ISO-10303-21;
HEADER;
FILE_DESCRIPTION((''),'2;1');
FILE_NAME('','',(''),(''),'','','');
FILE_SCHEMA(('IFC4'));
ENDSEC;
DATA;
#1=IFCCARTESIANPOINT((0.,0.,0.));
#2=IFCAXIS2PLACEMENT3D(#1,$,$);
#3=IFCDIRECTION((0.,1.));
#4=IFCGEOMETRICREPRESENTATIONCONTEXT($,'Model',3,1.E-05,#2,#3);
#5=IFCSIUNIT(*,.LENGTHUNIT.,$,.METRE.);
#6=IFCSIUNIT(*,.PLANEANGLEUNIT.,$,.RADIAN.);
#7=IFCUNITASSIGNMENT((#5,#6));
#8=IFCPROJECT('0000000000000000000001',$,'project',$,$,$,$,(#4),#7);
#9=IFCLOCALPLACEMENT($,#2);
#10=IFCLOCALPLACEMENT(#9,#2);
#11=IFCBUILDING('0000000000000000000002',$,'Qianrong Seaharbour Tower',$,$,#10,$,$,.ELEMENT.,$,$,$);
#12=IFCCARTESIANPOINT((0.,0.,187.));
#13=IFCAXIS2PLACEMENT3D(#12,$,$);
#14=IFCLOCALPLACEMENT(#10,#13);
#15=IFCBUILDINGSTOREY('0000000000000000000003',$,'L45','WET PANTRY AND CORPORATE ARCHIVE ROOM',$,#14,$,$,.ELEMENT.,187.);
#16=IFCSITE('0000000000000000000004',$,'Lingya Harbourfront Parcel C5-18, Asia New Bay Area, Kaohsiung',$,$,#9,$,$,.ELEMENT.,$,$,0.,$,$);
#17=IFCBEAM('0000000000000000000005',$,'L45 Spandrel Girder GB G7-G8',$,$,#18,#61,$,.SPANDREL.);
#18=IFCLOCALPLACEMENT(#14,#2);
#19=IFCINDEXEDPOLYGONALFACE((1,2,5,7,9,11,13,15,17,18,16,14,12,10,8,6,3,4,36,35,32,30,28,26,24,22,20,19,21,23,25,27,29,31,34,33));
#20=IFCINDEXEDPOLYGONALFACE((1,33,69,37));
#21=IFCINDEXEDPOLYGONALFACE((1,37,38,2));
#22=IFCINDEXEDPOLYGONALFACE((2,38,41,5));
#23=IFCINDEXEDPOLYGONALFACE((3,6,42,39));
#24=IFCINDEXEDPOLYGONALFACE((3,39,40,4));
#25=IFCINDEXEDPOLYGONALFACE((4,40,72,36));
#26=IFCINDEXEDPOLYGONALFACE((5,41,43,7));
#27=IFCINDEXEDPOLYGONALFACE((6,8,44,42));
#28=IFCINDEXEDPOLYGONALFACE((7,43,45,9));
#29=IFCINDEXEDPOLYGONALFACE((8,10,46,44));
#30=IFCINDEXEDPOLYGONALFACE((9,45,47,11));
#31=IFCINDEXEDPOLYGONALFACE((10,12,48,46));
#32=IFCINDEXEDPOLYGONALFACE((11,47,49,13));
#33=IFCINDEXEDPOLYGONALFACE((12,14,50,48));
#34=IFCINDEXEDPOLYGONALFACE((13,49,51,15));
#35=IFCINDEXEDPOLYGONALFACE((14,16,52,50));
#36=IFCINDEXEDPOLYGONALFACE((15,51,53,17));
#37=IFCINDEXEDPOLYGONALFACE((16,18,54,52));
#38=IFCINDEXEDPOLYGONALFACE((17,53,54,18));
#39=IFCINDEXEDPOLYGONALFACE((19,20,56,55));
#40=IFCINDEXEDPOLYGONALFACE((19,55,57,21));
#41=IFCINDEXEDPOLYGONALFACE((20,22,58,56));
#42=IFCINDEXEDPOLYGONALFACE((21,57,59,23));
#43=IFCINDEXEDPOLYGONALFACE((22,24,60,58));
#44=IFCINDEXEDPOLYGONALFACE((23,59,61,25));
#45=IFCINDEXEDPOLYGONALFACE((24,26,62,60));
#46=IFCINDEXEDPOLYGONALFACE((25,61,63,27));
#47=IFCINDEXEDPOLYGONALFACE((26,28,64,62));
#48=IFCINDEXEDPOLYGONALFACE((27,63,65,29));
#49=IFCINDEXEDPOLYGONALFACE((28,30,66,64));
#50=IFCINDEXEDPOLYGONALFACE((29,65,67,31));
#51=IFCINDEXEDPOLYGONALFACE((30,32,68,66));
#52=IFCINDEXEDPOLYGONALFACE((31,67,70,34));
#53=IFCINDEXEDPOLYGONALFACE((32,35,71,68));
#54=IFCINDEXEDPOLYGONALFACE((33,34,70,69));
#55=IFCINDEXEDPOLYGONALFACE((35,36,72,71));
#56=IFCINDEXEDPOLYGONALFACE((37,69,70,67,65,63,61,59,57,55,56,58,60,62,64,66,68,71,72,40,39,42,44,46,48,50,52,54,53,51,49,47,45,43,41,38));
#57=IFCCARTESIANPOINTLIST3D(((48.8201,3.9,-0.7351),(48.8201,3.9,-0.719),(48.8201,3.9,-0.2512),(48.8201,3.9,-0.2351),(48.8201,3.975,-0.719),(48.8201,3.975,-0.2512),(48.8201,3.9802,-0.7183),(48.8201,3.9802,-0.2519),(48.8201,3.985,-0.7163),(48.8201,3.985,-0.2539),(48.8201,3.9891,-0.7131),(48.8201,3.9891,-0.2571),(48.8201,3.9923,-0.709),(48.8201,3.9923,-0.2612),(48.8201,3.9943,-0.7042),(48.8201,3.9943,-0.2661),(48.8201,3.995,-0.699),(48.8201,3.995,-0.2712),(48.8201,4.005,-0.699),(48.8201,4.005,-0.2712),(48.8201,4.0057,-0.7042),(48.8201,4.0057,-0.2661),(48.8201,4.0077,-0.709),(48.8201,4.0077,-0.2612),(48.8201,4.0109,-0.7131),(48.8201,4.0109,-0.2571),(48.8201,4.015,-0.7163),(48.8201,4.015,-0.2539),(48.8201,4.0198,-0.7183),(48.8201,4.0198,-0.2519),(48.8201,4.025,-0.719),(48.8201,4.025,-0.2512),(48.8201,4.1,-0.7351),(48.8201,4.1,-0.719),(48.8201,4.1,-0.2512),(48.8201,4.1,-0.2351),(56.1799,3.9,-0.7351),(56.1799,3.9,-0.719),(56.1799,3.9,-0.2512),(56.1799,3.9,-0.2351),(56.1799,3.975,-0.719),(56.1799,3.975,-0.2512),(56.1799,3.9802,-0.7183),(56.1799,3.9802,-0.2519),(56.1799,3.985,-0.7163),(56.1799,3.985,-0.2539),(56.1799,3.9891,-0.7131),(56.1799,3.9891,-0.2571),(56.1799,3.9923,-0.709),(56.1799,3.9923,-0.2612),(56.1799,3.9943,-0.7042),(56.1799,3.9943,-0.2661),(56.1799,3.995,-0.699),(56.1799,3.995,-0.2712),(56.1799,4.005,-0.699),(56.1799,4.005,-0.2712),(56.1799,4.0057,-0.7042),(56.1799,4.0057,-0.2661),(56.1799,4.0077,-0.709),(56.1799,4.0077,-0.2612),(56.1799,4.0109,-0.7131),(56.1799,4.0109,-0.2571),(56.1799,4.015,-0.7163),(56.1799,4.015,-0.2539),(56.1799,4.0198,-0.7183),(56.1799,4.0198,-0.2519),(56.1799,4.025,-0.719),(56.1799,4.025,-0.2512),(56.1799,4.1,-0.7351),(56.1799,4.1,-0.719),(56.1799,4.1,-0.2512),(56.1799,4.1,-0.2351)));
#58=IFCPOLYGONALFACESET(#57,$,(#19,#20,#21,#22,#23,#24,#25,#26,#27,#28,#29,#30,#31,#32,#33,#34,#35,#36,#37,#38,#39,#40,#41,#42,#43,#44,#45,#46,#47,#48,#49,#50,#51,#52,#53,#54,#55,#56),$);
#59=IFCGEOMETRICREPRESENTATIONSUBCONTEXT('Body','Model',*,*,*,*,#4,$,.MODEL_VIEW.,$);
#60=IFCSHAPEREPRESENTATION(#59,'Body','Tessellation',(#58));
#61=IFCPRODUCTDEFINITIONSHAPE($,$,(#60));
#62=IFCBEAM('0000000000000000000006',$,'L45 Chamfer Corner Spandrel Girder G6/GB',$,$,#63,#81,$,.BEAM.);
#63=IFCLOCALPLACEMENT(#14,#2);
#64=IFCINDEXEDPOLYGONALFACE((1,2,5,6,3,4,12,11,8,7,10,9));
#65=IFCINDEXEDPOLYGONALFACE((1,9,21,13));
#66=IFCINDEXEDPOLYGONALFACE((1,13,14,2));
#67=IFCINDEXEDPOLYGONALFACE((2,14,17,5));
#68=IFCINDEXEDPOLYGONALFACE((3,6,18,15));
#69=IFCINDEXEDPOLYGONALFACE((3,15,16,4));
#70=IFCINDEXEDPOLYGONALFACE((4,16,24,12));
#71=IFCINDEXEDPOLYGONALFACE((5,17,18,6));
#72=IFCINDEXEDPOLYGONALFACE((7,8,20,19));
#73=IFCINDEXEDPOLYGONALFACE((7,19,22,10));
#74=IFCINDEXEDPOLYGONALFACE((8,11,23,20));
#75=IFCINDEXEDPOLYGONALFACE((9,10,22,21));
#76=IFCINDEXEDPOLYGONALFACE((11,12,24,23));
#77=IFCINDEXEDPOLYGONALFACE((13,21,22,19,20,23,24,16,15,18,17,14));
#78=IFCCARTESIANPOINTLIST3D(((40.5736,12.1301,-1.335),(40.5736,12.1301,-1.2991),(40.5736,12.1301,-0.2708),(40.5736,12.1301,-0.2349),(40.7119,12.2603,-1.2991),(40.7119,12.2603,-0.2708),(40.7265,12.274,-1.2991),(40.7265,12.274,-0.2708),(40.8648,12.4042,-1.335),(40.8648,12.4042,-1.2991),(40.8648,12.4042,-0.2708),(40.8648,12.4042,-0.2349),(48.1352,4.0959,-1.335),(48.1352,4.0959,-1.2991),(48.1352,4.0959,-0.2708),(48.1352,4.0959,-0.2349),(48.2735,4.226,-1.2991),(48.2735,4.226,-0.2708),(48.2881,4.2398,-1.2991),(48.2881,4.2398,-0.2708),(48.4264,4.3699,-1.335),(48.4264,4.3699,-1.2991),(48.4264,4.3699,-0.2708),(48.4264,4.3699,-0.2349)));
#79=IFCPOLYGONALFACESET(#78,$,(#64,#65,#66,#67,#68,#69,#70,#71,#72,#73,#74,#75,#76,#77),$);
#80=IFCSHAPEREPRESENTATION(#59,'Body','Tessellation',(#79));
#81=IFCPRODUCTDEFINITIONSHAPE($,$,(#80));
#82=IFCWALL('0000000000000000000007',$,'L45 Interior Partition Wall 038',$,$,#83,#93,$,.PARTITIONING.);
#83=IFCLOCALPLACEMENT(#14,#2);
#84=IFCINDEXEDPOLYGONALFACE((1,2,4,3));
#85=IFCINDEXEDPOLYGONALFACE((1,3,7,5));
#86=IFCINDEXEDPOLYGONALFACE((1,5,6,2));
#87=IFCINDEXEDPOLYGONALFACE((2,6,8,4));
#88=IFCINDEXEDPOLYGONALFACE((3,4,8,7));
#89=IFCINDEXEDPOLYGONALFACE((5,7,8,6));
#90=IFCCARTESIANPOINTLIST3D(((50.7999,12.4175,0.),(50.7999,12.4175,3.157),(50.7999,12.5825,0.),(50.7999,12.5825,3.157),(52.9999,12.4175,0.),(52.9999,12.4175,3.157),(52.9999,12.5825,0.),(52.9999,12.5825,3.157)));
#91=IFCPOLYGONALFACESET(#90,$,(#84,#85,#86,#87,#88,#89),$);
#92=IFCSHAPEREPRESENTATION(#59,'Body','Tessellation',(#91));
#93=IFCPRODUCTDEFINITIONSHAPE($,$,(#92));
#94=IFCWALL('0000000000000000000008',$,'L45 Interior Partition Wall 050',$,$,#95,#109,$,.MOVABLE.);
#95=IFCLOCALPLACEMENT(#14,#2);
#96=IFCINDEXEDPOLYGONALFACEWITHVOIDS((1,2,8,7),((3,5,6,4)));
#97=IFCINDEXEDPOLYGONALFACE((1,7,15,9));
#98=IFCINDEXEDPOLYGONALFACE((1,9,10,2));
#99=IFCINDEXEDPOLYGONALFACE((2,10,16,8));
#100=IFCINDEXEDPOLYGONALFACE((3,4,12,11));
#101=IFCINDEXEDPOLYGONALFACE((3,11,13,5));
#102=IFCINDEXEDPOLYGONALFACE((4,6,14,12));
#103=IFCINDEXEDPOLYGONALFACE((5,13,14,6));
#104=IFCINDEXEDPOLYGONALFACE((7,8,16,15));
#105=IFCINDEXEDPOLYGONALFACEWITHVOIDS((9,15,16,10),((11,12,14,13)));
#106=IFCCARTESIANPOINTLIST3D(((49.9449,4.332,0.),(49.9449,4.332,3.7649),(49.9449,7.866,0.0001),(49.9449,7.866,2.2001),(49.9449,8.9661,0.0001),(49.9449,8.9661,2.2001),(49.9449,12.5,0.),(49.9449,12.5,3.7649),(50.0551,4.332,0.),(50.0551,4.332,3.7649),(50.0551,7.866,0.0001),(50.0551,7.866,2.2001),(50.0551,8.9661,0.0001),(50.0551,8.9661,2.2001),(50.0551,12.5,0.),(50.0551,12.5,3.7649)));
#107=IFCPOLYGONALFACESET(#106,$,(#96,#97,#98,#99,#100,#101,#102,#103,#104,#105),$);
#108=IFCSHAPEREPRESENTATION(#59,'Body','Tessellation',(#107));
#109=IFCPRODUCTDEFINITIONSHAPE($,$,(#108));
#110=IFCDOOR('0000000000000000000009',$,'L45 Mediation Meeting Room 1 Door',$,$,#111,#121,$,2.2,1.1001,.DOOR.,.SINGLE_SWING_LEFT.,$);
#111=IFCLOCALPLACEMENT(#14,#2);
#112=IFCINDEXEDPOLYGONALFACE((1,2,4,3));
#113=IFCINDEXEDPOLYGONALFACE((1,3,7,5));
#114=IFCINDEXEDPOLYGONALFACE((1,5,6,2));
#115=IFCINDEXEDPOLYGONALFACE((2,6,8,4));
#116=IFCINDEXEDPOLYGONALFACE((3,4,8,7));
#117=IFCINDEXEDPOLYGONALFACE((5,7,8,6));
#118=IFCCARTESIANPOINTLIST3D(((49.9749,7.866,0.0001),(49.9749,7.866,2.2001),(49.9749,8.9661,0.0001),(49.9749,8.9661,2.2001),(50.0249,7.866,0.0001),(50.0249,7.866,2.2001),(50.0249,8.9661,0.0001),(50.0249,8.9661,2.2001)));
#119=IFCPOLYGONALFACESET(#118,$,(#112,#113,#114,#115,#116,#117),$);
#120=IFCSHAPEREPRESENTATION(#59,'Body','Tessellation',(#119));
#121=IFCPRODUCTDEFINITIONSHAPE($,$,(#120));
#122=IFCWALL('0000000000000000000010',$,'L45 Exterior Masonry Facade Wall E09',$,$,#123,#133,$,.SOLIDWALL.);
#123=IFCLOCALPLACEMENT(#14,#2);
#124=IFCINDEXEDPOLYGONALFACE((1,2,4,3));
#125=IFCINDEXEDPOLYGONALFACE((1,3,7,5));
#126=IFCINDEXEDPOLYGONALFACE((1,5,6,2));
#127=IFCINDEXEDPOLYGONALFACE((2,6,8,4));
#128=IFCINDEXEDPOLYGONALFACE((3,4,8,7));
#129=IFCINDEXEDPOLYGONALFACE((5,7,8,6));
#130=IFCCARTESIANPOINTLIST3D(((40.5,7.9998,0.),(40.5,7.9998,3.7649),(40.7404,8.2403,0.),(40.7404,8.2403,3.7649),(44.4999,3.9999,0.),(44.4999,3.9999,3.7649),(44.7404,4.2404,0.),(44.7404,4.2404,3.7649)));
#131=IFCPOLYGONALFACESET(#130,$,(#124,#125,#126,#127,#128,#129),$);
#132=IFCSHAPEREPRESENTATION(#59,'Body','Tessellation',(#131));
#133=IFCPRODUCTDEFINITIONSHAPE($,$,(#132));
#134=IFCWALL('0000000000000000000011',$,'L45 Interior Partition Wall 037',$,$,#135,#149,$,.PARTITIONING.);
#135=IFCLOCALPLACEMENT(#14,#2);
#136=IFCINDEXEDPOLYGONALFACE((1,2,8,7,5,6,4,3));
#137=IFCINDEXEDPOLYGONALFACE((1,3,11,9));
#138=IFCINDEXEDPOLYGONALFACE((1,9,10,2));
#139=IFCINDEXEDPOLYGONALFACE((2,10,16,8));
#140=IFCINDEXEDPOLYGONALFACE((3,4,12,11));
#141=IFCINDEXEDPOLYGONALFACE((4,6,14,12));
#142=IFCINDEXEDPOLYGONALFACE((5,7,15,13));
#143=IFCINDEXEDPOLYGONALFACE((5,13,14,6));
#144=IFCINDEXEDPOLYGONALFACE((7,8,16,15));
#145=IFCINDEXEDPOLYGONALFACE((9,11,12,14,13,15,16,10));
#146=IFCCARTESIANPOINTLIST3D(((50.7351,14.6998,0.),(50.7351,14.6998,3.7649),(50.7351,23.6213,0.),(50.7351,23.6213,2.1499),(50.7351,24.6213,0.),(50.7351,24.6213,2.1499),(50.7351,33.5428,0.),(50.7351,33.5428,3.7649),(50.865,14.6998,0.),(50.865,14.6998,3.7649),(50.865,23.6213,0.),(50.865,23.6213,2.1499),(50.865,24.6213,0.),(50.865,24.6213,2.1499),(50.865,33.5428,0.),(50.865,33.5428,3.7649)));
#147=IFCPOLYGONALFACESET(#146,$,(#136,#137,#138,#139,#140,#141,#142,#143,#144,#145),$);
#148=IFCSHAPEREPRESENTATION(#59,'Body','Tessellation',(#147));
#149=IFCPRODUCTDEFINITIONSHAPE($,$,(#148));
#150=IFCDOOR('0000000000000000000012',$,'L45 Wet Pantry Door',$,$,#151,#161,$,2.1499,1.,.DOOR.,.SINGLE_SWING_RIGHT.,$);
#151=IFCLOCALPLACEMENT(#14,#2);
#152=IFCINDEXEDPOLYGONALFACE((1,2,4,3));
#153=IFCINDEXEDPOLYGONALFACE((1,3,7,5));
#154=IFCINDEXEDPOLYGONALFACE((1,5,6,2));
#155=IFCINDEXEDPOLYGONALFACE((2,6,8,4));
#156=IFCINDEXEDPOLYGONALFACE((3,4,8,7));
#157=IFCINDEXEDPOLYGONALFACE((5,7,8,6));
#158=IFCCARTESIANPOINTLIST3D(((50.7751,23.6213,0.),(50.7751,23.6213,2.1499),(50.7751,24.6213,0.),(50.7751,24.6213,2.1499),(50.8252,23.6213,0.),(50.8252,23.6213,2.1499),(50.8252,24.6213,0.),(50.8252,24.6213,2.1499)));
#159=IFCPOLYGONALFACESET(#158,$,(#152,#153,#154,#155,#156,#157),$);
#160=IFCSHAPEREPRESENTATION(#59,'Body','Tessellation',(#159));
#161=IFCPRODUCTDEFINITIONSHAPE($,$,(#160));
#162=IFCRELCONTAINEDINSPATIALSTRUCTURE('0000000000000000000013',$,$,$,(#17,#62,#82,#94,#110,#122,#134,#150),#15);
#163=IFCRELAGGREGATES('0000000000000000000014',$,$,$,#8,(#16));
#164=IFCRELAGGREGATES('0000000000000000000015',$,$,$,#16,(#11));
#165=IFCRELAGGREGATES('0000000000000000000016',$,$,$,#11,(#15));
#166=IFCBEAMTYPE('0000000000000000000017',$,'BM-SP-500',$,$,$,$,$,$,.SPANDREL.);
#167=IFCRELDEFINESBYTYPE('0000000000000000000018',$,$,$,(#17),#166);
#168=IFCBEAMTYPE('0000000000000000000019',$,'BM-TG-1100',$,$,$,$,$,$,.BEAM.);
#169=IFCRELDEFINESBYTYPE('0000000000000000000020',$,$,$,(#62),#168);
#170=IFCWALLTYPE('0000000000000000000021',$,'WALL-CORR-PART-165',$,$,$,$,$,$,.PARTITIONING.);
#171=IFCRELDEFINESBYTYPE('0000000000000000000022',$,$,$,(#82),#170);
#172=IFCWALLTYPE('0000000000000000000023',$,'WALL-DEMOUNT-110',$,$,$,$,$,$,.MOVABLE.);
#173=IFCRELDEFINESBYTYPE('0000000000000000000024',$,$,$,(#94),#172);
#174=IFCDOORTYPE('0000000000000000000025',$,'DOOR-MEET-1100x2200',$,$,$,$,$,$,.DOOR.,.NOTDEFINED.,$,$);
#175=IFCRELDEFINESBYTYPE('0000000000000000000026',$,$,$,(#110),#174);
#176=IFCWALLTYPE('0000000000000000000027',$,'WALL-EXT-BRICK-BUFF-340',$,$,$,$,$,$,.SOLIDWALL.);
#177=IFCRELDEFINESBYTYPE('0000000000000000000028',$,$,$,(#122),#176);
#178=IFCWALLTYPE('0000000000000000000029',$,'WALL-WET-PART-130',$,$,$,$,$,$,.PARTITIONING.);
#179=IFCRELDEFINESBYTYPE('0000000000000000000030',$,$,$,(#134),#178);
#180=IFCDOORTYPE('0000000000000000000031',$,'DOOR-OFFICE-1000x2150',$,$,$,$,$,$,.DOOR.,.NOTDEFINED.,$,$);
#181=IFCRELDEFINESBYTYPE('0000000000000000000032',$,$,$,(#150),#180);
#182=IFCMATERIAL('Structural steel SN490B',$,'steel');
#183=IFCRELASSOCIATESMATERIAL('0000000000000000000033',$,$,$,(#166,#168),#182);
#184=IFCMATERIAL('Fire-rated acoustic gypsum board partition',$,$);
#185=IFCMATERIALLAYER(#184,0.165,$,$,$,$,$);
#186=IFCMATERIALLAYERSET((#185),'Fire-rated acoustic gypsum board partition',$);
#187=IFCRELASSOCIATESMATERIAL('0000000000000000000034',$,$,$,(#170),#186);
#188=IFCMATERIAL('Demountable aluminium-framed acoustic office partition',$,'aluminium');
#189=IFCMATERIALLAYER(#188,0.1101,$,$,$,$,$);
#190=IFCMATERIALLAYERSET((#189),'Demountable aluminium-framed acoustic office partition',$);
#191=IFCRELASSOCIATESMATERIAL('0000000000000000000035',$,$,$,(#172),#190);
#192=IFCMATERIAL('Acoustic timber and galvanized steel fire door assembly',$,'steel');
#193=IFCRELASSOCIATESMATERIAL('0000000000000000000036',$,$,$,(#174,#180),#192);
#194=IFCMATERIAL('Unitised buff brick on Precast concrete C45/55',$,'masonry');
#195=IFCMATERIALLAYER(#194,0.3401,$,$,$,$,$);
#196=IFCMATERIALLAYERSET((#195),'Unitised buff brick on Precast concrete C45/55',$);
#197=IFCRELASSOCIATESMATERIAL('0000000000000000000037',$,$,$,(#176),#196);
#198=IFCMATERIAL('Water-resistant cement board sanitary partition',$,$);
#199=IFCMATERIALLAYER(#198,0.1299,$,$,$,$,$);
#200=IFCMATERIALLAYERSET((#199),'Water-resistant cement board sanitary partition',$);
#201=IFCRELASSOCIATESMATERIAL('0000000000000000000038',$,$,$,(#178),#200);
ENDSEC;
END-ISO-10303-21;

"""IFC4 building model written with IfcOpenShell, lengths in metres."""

from ifc_helpers import new_model, si_unit, direction, frame, frame_2d, origin, origin_2d, place, context, subcontext, project, spatial, rectangle, i_section, extrude, material, layer, layer_set, material_profile, profile_set, type_object, element, fill, save


model = new_model("IFC4")

# Units and contexts
model_context = context("Model", 3, precision=1e-05, world=origin(), true_north=direction((0.0, 1.0)))
body_context = subcontext(model_context, "Body", "Model", "MODEL_VIEW")
ifc_project = project(units=[si_unit("LENGTHUNIT", "METRE"), si_unit("PLANEANGLEUNIT", "RADIAN")], contexts=[model_context])

# Site, building, storey
site_placement = place(None, origin())
site = spatial("IfcSite", under=ifc_project, at=site_placement, Name="Lingya Harbourfront Parcel C5-18, Asia New Bay Area, Kaohsiung", CompositionType="ELEMENT", RefElevation=0.0)
building_placement = place(site_placement, origin())
building = spatial("IfcBuilding", under=site, at=building_placement, Name="Qianrong Seaharbour Tower", CompositionType="ELEMENT")
storey_placement = place(building_placement, frame((0.0, 0.0, 187.0)))
storey = spatial("IfcBuildingStorey", under=building, at=storey_placement, Name="L45", Description="WET PANTRY AND CORPORATE ARCHIVE ROOM", CompositionType="ELEMENT", Elevation=187.0)

# Shared definitions
ifc_material_1 = material(Name="Structural steel SN490B", Category="steel")

# Beams
ifc_material_profile_1 = material_profile(ifc_material_1, i_section(OverallWidth=0.2, OverallDepth=0.5, WebThickness=0.01, FlangeThickness=0.0161, FilletRadius=0.02, at=origin_2d()), Name="H500x200x10x16")
ifc_profile_set_1 = profile_set([ifc_material_profile_1], Name="Structural steel SN490B")
beam_type_1 = type_object("IfcBeamType", Name="BM-SP-500", PredefinedType="SPANDREL", material=ifc_profile_set_1)
beam_1_placement = place(storey_placement, frame((48.8201, 4.0, -0.4851), z_axis=(1.0, 0.0, 0.0), x_axis=(0.0, 1.0, 0.0)))
element("IfcBeam", 1, at=beam_1_placement, inside=storey, type_object=beam_type_1, Name="L45 Spandrel Girder GB G7-G8", PredefinedType="SPANDREL", context=body_context, shape_type="SweptSolid", body=[
    extrude(i_section(OverallWidth=0.2, OverallDepth=0.5, WebThickness=0.01, FlangeThickness=0.0161, FilletRadius=0.02, at=origin_2d()), origin(), (0.0, 0.0, 1.0), 7.3599),
])
ifc_material_profile_2 = material_profile(ifc_material_1, i_section(OverallWidth=0.3999, OverallDepth=1.1001, WebThickness=0.02, FlangeThickness=0.0359, at=origin_2d()), Name="BH1100x400x20x36")
ifc_profile_set_2 = profile_set([ifc_material_profile_2], Name="Structural steel SN490B")
beam_type_2 = type_object("IfcBeamType", Name="BM-TG-1100", PredefinedType="BEAM", material=ifc_profile_set_2)
beam_2_placement = place(storey_placement, frame((48.2808, 4.2329, -0.7849), z_axis=(-0.685362, 0.728203, 0.0), x_axis=(-0.728203, -0.685362, 0.0)))
element("IfcBeam", 2, at=beam_2_placement, inside=storey, type_object=beam_type_2, Name="L45 Chamfer Corner Spandrel Girder G6/GB", PredefinedType="BEAM", context=body_context, shape_type="SweptSolid", body=[
    extrude(i_section(OverallWidth=0.3999, OverallDepth=1.1001, WebThickness=0.02, FlangeThickness=0.0359, at=origin_2d()), origin(), (0.0, 0.0, 1.0), 11.033),
])

# Wall
ifc_material_2 = material(Name="Fire-rated acoustic gypsum board partition")
ifc_layer_1 = layer(ifc_material_2, 0.165)
ifc_layer_set_1 = layer_set([ifc_layer_1], Name="Fire-rated acoustic gypsum board partition")
wall_type_1 = type_object("IfcWallType", Name="WALL-CORR-PART-165", PredefinedType="PARTITIONING", material=ifc_layer_set_1)
wall_1_placement = place(storey_placement, frame((53.0, 12.5, 0.0), z_axis=(0.0, 0.0, 1.0), x_axis=(-1.0, 0.0, 0.0)))
element("IfcWall", 3, at=wall_1_placement, inside=storey, type_object=wall_type_1, Name="L45 Interior Partition Wall 038", PredefinedType="PARTITIONING", context=body_context, shape_type="SweptSolid", body=[
    extrude(rectangle(XDim=2.2, YDim=0.165, at=frame_2d((1.1001, 0.0))), origin(), (0.0, 0.0, 1.0), 3.157),
])

# Wall, opening, door
ifc_material_3 = material(Name="Demountable aluminium-framed acoustic office partition", Category="aluminium")
ifc_layer_2 = layer(ifc_material_3, 0.1101)
ifc_layer_set_2 = layer_set([ifc_layer_2], Name="Demountable aluminium-framed acoustic office partition")
wall_type_2 = type_object("IfcWallType", Name="WALL-DEMOUNT-110", PredefinedType="MOVABLE", material=ifc_layer_set_2)
wall_2_placement = place(storey_placement, frame((50.0, 12.5, 0.0), z_axis=(0.0, 0.0, 1.0), x_axis=(0.0, -1.0, 0.0)))
wall_2 = element("IfcWall", 4, at=wall_2_placement, inside=storey, type_object=wall_type_2, Name="L45 Interior Partition Wall 050", PredefinedType="MOVABLE", context=body_context, shape_type="SweptSolid", body=[
    extrude(rectangle(XDim=8.168, YDim=0.1101, at=frame_2d((4.084, 0.0))), origin(), (0.0, 0.0, 1.0), 3.7649),
])
opening_1_placement = place(wall_2_placement, frame((3.5339, 0.0, 0.0)))
opening_1 = element("IfcOpeningElement", 5, at=opening_1_placement, cuts=wall_2, PredefinedType="OPENING", context=body_context, shape_type="SweptSolid", body=[
    extrude(rectangle(XDim=1.1001, YDim=2.2, at=frame_2d((0.55, 1.1001))), frame((0.0, 0.0649, 0.0), z_axis=(0.0, -1.0, 0.0), x_axis=(1.0, 0.0, 0.0)), (0.0, 0.0, 1.0), 0.1301),
])
ifc_material_4 = material(Name="Acoustic timber and galvanized steel fire door assembly", Category="steel")
door_type_1 = type_object("IfcDoorType", Name="DOOR-MEET-1100x2200", OperationType="NOTDEFINED", PredefinedType="DOOR", material=ifc_material_4)
door_1_placement = place(opening_1_placement, origin())
door_1 = element("IfcDoor", 6, at=door_1_placement, inside=storey, type_object=door_type_1, Name="L45 Mediation Meeting Room 1 Door", OperationType="SINGLE_SWING_LEFT", OverallHeight=2.2, OverallWidth=1.1001, PredefinedType="DOOR", context=body_context, shape_type="SweptSolid", body=[
    extrude(rectangle(XDim=1.1001, YDim=2.2, at=frame_2d((0.55, 1.1001))), frame((0.0, 0.0249, 0.0), z_axis=(0.0, -1.0, 0.0), x_axis=(1.0, 0.0, 0.0)), (0.0, 0.0, 1.0), 0.05),
])
fill(opening_1, door_1)

# Wall
ifc_material_5 = material(Name="Unitised buff brick on Precast concrete C45/55", Category="masonry")
ifc_layer_3 = layer(ifc_material_5, 0.3401)
ifc_layer_set_3 = layer_set([ifc_layer_3], Name="Unitised buff brick on Precast concrete C45/55")
wall_type_3 = type_object("IfcWallType", Name="WALL-EXT-BRICK-BUFF-340", PredefinedType="SOLIDWALL", material=ifc_layer_set_3)
wall_3_placement = place(storey_placement, frame((44.6201, 4.1201, 0.0), z_axis=(0.0, 0.0, 1.0), x_axis=(-0.707107, 0.707107, 0.0)))
element("IfcWall", 7, at=wall_3_placement, inside=storey, type_object=wall_type_3, Name="L45 Exterior Masonry Facade Wall E09", PredefinedType="SOLIDWALL", context=body_context, shape_type="SweptSolid", body=[
    extrude(rectangle(XDim=5.6567, YDim=0.3401, at=frame_2d((2.8284, 0.0))), origin(), (0.0, 0.0, 1.0), 3.7649),
])

# Wall, opening, door
ifc_material_6 = material(Name="Water-resistant cement board sanitary partition")
ifc_layer_4 = layer(ifc_material_6, 0.1299)
ifc_layer_set_4 = layer_set([ifc_layer_4], Name="Water-resistant cement board sanitary partition")
wall_type_4 = type_object("IfcWallType", Name="WALL-WET-PART-130", PredefinedType="PARTITIONING", material=ifc_layer_set_4)
wall_4_placement = place(storey_placement, frame((50.8, 14.7, 0.0), z_axis=(0.0, 0.0, 1.0), x_axis=(0.0, 1.0, 0.0)))
wall_4 = element("IfcWall", 8, at=wall_4_placement, inside=storey, type_object=wall_type_4, Name="L45 Interior Partition Wall 037", PredefinedType="PARTITIONING", context=body_context, shape_type="SweptSolid", body=[
    extrude(rectangle(XDim=18.843, YDim=0.1299, at=frame_2d((9.4214, 0.0))), origin(), (0.0, 0.0, 1.0), 3.7649),
])
opening_2_placement = place(wall_4_placement, frame((8.9214, 0.0, 0.0)))
opening_2 = element("IfcOpeningElement", 9, at=opening_2_placement, cuts=wall_4, PredefinedType="OPENING", context=body_context, shape_type="SweptSolid", body=[
    extrude(rectangle(XDim=1.0, YDim=2.1499, at=frame_2d((0.5, 1.075))), frame((0.0, 0.075, 0.0), z_axis=(0.0, -1.0, 0.0), x_axis=(1.0, 0.0, 0.0)), (0.0, 0.0, 1.0), 0.1499),
])
door_type_2 = type_object("IfcDoorType", Name="DOOR-OFFICE-1000x2150", OperationType="NOTDEFINED", PredefinedType="DOOR", material=ifc_material_4)
door_2_placement = place(opening_2_placement, origin())
door_2 = element("IfcDoor", 10, at=door_2_placement, inside=storey, type_object=door_type_2, Name="L45 Wet Pantry Door", OperationType="SINGLE_SWING_RIGHT", OverallHeight=2.1499, OverallWidth=1.0, PredefinedType="DOOR", context=body_context, shape_type="SweptSolid", body=[
    extrude(rectangle(XDim=1.0, YDim=2.1499, at=frame_2d((0.5, 1.075))), frame((0.0, 0.0249, 0.0), z_axis=(0.0, -1.0, 0.0), x_axis=(1.0, 0.0, 0.0)), (0.0, 0.0, 1.0), 0.05),
])
fill(opening_2, door_2)

save(model, "model.ifc")
